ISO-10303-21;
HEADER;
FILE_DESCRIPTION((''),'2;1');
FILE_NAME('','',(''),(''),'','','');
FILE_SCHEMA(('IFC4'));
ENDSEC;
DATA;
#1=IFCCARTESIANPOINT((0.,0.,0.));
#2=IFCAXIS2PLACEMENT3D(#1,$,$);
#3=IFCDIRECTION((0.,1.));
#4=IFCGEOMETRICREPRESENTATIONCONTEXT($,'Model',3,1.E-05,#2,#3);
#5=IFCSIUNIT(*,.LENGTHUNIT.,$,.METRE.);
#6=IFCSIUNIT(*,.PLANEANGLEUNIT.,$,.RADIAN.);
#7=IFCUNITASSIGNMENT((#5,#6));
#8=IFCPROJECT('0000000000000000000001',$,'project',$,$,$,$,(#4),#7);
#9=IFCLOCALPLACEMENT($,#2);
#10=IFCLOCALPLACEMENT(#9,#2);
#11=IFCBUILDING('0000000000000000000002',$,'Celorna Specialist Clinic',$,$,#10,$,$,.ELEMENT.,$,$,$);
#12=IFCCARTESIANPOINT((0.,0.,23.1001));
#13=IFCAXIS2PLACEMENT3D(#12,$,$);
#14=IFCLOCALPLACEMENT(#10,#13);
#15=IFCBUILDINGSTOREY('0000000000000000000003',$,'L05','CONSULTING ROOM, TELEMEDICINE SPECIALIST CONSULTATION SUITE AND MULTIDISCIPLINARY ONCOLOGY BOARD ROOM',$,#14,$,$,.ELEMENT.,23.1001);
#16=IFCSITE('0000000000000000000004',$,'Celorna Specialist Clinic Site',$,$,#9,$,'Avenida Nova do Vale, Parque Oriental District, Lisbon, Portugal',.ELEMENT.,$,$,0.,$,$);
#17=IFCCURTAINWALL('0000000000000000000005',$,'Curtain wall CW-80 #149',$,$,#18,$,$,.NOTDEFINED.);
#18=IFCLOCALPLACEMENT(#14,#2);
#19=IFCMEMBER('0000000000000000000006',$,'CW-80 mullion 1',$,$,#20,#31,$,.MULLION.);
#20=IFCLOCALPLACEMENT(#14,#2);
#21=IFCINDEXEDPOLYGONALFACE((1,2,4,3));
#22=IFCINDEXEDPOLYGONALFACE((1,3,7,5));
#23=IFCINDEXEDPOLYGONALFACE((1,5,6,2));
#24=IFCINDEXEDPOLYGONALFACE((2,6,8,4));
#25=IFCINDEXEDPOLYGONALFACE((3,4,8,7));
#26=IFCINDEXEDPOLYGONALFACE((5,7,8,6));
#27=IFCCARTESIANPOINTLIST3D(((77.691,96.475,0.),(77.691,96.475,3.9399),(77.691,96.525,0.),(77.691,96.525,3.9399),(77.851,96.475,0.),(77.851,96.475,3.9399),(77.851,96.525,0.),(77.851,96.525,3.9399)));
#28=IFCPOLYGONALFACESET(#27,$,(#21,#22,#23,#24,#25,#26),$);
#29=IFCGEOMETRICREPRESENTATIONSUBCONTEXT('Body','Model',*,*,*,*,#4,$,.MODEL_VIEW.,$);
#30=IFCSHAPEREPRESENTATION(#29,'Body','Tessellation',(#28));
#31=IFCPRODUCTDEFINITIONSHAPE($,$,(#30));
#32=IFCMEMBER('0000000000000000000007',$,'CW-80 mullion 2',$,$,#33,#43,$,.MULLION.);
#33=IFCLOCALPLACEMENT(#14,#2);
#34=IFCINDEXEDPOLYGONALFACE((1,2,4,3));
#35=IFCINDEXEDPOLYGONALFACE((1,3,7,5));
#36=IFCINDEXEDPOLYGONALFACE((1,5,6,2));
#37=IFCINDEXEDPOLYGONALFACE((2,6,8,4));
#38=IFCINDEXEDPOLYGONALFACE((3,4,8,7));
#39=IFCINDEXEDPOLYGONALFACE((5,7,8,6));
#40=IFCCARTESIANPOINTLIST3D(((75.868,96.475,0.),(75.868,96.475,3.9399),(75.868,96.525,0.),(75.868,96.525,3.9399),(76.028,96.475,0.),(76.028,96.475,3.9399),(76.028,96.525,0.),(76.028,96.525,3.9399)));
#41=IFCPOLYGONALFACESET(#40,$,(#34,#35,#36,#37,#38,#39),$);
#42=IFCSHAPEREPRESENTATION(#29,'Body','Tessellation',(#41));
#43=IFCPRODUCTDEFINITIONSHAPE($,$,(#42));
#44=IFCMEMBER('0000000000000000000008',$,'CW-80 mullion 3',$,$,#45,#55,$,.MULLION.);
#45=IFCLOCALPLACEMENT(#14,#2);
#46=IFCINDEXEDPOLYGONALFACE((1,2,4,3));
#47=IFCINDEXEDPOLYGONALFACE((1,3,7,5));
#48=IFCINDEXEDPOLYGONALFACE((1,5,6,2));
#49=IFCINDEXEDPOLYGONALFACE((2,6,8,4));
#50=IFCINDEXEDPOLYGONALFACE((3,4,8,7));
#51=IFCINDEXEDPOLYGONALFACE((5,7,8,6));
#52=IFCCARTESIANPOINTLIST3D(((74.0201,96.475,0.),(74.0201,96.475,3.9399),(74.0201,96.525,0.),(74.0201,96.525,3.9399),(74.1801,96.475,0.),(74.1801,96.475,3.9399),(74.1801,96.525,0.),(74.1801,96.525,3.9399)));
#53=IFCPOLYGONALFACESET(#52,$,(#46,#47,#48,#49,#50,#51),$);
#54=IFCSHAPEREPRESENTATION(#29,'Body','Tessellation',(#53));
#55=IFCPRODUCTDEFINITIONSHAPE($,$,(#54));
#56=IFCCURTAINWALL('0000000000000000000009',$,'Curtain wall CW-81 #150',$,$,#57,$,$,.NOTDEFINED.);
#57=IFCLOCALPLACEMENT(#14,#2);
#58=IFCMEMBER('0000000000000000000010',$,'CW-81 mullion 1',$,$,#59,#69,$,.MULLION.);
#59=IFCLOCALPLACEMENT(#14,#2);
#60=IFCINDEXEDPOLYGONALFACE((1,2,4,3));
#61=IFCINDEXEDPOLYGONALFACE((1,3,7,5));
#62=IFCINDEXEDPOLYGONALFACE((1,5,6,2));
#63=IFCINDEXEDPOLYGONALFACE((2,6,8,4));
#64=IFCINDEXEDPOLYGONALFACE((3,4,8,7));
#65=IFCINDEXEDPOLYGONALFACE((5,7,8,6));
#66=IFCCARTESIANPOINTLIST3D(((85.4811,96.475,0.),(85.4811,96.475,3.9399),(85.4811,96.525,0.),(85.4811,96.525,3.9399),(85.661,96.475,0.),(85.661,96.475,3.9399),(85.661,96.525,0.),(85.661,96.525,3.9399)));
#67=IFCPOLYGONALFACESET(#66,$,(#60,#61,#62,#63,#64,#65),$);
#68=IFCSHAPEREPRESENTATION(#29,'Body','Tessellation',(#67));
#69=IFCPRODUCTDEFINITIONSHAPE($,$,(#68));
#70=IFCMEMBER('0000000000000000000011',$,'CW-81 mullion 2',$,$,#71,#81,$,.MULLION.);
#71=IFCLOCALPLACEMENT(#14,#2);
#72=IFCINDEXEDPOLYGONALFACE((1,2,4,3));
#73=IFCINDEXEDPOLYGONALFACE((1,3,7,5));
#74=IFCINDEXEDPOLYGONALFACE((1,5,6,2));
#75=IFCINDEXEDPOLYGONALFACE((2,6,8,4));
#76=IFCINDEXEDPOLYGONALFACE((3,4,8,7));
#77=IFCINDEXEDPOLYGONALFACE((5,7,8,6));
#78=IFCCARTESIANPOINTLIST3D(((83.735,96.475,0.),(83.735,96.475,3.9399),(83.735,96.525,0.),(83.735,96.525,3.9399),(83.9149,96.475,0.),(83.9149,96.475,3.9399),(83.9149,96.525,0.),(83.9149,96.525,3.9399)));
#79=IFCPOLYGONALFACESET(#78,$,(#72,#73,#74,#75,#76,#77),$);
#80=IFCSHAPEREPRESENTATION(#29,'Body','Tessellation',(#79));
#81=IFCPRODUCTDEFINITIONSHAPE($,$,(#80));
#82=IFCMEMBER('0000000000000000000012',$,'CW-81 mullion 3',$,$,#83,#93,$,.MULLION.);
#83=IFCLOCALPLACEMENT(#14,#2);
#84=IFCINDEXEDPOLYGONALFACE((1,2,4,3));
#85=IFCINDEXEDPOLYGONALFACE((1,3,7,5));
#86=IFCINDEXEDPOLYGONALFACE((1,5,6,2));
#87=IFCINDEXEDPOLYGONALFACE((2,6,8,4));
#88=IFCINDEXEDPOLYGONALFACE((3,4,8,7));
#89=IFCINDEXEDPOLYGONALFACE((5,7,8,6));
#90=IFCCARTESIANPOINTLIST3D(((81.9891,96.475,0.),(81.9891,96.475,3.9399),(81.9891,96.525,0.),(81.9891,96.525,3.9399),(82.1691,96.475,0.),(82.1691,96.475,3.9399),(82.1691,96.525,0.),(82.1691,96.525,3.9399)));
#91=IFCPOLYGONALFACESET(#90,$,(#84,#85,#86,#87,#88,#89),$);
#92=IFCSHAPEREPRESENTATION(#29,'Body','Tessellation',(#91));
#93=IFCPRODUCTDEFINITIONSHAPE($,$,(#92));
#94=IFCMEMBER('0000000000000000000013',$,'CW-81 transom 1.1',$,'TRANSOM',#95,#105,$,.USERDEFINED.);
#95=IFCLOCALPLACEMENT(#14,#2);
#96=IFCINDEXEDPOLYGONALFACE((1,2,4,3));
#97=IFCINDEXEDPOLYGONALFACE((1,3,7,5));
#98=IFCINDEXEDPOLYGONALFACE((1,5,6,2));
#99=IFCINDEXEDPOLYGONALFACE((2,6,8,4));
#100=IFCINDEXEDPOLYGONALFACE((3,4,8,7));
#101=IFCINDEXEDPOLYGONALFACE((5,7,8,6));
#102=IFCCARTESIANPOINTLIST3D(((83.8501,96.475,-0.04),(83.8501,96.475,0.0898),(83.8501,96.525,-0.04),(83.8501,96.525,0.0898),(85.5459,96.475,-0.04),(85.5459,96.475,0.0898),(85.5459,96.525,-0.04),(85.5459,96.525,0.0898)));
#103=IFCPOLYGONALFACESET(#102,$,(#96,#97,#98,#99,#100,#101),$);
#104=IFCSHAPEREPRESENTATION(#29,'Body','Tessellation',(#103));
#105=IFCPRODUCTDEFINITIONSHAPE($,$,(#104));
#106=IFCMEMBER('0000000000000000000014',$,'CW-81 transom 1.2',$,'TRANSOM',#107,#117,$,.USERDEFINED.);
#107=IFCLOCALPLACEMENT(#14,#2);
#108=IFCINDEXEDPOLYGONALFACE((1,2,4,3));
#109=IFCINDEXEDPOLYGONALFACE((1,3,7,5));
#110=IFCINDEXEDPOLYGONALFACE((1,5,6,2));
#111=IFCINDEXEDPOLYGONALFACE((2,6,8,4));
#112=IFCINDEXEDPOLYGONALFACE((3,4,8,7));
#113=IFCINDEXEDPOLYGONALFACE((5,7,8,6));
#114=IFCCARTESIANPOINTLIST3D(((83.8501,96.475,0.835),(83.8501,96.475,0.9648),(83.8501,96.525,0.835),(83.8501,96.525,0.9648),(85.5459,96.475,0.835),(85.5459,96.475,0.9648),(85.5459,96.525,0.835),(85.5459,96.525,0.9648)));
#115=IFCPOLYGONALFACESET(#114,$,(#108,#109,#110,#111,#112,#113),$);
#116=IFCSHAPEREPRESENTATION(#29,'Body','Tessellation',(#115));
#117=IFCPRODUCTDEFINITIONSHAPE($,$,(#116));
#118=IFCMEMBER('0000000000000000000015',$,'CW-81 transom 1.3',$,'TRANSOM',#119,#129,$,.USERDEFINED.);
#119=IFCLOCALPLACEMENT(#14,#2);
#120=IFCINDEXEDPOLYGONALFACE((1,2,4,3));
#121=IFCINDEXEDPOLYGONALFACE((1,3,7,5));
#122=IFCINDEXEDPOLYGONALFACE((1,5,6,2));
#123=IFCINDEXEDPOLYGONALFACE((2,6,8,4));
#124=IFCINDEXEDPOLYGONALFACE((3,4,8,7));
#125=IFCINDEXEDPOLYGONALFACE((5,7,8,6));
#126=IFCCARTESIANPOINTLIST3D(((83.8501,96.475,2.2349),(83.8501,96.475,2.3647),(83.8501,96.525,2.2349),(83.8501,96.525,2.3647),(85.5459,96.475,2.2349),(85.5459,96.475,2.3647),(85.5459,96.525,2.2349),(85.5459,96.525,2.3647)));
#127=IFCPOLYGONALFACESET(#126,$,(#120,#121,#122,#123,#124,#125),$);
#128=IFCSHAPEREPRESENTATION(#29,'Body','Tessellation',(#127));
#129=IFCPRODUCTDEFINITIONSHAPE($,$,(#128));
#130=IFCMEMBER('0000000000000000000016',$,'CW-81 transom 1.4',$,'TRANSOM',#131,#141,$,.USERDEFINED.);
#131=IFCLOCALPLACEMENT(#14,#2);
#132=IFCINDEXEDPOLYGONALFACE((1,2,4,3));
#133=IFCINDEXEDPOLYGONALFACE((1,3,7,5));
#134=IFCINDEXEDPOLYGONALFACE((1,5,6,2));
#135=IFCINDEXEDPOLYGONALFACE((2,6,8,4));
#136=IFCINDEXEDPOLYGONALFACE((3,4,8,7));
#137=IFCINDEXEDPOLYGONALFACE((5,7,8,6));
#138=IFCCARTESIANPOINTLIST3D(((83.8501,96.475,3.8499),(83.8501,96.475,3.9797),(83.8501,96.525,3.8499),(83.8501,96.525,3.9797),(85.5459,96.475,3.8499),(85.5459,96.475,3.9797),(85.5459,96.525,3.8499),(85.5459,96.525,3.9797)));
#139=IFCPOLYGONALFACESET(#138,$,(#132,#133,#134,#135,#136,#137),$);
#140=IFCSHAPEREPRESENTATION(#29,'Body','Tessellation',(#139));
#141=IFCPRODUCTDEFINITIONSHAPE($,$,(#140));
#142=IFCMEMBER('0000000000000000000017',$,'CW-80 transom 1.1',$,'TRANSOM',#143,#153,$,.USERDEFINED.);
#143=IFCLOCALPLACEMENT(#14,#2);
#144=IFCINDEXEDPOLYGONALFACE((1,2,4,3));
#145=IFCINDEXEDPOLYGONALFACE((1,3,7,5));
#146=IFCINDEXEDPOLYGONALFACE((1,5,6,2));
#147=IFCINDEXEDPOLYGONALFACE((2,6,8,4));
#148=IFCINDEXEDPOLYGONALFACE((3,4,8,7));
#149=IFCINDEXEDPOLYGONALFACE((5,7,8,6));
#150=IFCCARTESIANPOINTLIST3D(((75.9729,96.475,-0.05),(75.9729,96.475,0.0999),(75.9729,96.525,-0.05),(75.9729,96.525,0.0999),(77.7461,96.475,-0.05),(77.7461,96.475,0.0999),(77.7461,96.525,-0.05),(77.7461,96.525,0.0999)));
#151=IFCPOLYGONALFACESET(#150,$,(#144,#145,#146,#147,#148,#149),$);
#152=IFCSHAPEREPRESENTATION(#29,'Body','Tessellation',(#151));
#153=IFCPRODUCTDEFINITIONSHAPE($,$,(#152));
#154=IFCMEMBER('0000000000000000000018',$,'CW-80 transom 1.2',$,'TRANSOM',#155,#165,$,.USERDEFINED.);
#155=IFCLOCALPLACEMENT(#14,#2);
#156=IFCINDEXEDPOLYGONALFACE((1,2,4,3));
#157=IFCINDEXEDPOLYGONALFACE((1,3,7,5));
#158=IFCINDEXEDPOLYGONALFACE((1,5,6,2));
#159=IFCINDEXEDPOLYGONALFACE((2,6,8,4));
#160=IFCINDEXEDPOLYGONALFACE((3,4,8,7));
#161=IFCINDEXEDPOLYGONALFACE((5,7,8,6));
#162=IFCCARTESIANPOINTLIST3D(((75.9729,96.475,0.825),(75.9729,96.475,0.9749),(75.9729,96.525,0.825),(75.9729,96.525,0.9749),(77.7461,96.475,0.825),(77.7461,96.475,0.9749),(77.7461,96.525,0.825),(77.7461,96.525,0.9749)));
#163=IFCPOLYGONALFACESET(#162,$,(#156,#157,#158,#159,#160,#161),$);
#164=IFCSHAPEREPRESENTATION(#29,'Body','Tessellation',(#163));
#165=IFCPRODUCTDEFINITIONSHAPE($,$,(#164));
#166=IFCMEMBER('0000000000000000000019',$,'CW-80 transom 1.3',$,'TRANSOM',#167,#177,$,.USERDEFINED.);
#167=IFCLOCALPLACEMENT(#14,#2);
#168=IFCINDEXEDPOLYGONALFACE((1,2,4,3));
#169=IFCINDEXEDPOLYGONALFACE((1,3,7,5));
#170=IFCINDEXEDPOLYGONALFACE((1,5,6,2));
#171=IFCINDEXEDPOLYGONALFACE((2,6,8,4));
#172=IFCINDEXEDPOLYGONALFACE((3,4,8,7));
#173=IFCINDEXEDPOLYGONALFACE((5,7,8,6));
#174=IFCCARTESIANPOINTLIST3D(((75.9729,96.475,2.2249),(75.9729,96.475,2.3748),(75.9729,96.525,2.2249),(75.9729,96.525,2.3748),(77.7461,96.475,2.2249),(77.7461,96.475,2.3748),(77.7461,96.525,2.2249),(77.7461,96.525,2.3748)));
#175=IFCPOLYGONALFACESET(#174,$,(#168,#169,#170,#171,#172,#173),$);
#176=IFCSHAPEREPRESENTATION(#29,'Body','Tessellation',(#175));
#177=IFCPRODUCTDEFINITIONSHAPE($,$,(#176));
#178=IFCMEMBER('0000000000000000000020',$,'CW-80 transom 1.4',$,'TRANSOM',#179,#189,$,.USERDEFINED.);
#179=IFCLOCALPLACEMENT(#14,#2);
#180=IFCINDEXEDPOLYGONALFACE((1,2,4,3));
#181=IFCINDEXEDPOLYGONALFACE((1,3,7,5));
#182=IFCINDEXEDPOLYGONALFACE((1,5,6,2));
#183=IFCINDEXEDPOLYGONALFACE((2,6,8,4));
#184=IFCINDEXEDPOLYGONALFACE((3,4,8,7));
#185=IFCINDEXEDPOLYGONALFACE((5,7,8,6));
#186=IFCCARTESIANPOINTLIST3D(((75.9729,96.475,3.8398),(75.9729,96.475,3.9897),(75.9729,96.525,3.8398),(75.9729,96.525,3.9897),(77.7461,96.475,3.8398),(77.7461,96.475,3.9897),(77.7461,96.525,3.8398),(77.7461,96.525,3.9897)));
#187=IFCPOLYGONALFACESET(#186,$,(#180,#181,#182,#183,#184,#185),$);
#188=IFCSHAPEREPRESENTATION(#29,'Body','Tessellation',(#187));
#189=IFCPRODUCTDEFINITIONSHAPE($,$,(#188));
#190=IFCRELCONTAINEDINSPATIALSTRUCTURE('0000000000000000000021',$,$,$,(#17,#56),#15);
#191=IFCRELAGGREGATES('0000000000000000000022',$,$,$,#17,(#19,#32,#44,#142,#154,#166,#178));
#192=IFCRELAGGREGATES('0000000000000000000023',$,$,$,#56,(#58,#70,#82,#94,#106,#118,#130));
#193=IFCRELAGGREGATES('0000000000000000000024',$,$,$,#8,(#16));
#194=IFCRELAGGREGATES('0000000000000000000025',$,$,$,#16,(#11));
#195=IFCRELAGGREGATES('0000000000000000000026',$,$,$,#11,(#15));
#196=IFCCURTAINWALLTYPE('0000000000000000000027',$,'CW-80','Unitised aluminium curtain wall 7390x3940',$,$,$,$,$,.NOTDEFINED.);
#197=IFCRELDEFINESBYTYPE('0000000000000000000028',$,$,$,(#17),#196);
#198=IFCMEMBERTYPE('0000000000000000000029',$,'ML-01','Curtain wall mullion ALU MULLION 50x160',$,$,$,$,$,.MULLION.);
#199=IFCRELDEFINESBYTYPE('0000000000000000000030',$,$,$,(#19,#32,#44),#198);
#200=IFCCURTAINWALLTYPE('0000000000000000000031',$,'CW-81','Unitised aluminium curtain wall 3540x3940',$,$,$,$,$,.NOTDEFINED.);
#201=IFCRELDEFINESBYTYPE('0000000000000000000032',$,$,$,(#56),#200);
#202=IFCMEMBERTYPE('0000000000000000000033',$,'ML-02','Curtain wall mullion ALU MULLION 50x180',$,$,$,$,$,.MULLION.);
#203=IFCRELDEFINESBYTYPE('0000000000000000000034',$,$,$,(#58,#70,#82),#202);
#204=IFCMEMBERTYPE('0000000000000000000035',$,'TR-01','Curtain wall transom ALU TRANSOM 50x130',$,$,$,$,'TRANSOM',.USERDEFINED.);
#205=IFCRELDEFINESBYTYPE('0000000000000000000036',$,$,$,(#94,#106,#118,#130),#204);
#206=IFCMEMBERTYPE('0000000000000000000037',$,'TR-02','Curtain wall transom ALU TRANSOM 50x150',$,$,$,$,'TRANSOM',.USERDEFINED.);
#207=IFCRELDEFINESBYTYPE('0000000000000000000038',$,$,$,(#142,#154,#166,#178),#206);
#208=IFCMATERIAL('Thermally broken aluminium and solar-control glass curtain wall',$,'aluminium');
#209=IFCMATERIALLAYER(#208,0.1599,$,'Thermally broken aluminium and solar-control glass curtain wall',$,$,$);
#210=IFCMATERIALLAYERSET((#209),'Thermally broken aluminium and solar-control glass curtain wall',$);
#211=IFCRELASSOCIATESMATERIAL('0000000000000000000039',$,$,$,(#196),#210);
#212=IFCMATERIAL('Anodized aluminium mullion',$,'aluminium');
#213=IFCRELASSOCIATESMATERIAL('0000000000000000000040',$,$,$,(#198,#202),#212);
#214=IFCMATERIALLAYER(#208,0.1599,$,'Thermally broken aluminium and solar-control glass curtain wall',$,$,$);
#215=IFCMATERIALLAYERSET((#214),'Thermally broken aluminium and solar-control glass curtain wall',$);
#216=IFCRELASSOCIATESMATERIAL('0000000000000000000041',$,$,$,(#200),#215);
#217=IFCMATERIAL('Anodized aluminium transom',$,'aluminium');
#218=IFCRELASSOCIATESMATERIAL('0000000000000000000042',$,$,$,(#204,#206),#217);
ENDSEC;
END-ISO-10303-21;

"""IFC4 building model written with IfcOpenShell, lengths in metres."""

from ifc_helpers import new_model, si_unit, direction, frame, origin, origin_2d, place, context, subcontext, project, spatial, rectangle, extrude, material, layer, layer_set, material_profile, profile_set, type_object, element, aggregate, save


model = new_model("IFC4")

# Units and contexts
model_context = context("Model", 3, precision=1e-05, world=origin(), true_north=direction((0.0, 1.0)))
body_context = subcontext(model_context, "Body", "Model", "MODEL_VIEW")
ifc_project = project(units=[si_unit("LENGTHUNIT", "METRE"), si_unit("PLANEANGLEUNIT", "RADIAN")], contexts=[model_context])

# Site, building, storey
site_placement = place(None, origin())
site = spatial("IfcSite", under=ifc_project, at=site_placement, Name="Celorna Specialist Clinic Site", LongName="Avenida Nova do Vale, Parque Oriental District, Lisbon, Portugal", CompositionType="ELEMENT", RefElevation=0.0)
building_placement = place(site_placement, origin())
building = spatial("IfcBuilding", under=site, at=building_placement, Name="Celorna Specialist Clinic", CompositionType="ELEMENT")
storey_placement = place(building_placement, frame((0.0, 0.0, 23.1001)))
storey = spatial("IfcBuildingStorey", under=building, at=storey_placement, Name="L05", Description="CONSULTING ROOM, TELEMEDICINE SPECIALIST CONSULTATION SUITE AND MULTIDISCIPLINARY ONCOLOGY BOARD ROOM", CompositionType="ELEMENT", Elevation=23.1001)

# Curtain walls, members
ifc_material_1 = material(Name="Thermally broken aluminium and solar-control glass curtain wall", Category="aluminium")
ifc_layer_1 = layer(ifc_material_1, 0.1599, Name="Thermally broken aluminium and solar-control glass curtain wall")
ifc_layer_set_1 = layer_set([ifc_layer_1], Name="Thermally broken aluminium and solar-control glass curtain wall")
curtain_wall_type_1 = type_object("IfcCurtainWallType", Name="CW-80", Description="Unitised aluminium curtain wall 7390x3940", PredefinedType="NOTDEFINED", material=ifc_layer_set_1)
curtain_wall_1_placement = place(storey_placement, origin())
curtain_wall_1 = element("IfcCurtainWall", 1, at=curtain_wall_1_placement, inside=storey, type_object=curtain_wall_type_1, Name="Curtain wall CW-80 #149", PredefinedType="NOTDEFINED")
ifc_material_2 = material(Name="Anodized aluminium mullion", Category="aluminium")
ifc_material_profile_1 = material_profile(ifc_material_2, rectangle(XDim=0.05, YDim=0.1599, at=origin_2d()), Name="ALU MULLION 50x160")
ifc_profile_set_1 = profile_set([ifc_material_profile_1], Name="Anodized aluminium mullion")
member_type_1 = type_object("IfcMemberType", Name="ML-01", Description="Curtain wall mullion ALU MULLION 50x160", PredefinedType="MULLION", material=ifc_profile_set_1)
member_1_placement = place(storey_placement, frame((77.771, 96.5, 0.0), z_axis=(0.0, 0.0, 1.0), x_axis=(0.0, -1.0, 0.0)))
member_1 = element("IfcMember", 2, at=member_1_placement, type_object=member_type_1, Name="CW-80 mullion 1", PredefinedType="MULLION", context=body_context, shape_type="SweptSolid", body=[
    extrude(rectangle(XDim=0.05, YDim=0.1599, at=origin_2d()), origin(), (0.0, 0.0, 1.0), 3.9399),
])
member_2_placement = place(storey_placement, frame((75.948, 96.5, 0.0), z_axis=(0.0, 0.0, 1.0), x_axis=(0.0, -1.0, 0.0)))
member_2 = element("IfcMember", 3, at=member_2_placement, type_object=member_type_1, Name="CW-80 mullion 2", PredefinedType="MULLION", context=body_context, shape_type="SweptSolid", body=[
    extrude(rectangle(XDim=0.05, YDim=0.1599, at=origin_2d()), origin(), (0.0, 0.0, 1.0), 3.9399),
])
member_3_placement = place(storey_placement, frame((74.1001, 96.5, 0.0), z_axis=(0.0, 0.0, 1.0), x_axis=(0.0, -1.0, 0.0)))
member_3 = element("IfcMember", 4, at=member_3_placement, type_object=member_type_1, Name="CW-80 mullion 3", PredefinedType="MULLION", context=body_context, shape_type="SweptSolid", body=[
    extrude(rectangle(XDim=0.05, YDim=0.1599, at=origin_2d()), origin(), (0.0, 0.0, 1.0), 3.9399),
])
ifc_layer_2 = layer(ifc_material_1, 0.1599, Name="Thermally broken aluminium and solar-control glass curtain wall")
ifc_layer_set_2 = layer_set([ifc_layer_2], Name="Thermally broken aluminium and solar-control glass curtain wall")
curtain_wall_type_2 = type_object("IfcCurtainWallType", Name="CW-81", Description="Unitised aluminium curtain wall 3540x3940", PredefinedType="NOTDEFINED", material=ifc_layer_set_2)
curtain_wall_2_placement = place(storey_placement, origin())
curtain_wall_2 = element("IfcCurtainWall", 5, at=curtain_wall_2_placement, inside=storey, type_object=curtain_wall_type_2, Name="Curtain wall CW-81 #150", PredefinedType="NOTDEFINED")
ifc_material_profile_2 = material_profile(ifc_material_2, rectangle(XDim=0.05, YDim=0.1799, at=origin_2d()), Name="ALU MULLION 50x180")
ifc_profile_set_2 = profile_set([ifc_material_profile_2], Name="Anodized aluminium mullion")
member_type_2 = type_object("IfcMemberType", Name="ML-02", Description="Curtain wall mullion ALU MULLION 50x180", PredefinedType="MULLION", material=ifc_profile_set_2)
member_4_placement = place(storey_placement, frame((85.571, 96.5, 0.0), z_axis=(0.0, 0.0, 1.0), x_axis=(0.0, -1.0, 0.0)))
member_4 = element("IfcMember", 6, at=member_4_placement, type_object=member_type_2, Name="CW-81 mullion 1", PredefinedType="MULLION", context=body_context, shape_type="SweptSolid", body=[
    extrude(rectangle(XDim=0.05, YDim=0.1799, at=origin_2d()), origin(), (0.0, 0.0, 1.0), 3.9399),
])
member_5_placement = place(storey_placement, frame((83.825, 96.5, 0.0), z_axis=(0.0, 0.0, 1.0), x_axis=(0.0, -1.0, 0.0)))
member_5 = element("IfcMember", 7, at=member_5_placement, type_object=member_type_2, Name="CW-81 mullion 2", PredefinedType="MULLION", context=body_context, shape_type="SweptSolid", body=[
    extrude(rectangle(XDim=0.05, YDim=0.1799, at=origin_2d()), origin(), (0.0, 0.0, 1.0), 3.9399),
])
member_6_placement = place(storey_placement, frame((82.0791, 96.5, 0.0), z_axis=(0.0, 0.0, 1.0), x_axis=(0.0, -1.0, 0.0)))
member_6 = element("IfcMember", 8, at=member_6_placement, type_object=member_type_2, Name="CW-81 mullion 3", PredefinedType="MULLION", context=body_context, shape_type="SweptSolid", body=[
    extrude(rectangle(XDim=0.05, YDim=0.1799, at=origin_2d()), origin(), (0.0, 0.0, 1.0), 3.9399),
])
ifc_material_3 = material(Name="Anodized aluminium transom", Category="aluminium")
ifc_material_profile_3 = material_profile(ifc_material_3, rectangle(XDim=0.05, YDim=0.1299, at=origin_2d()), Name="ALU TRANSOM 50x130")
ifc_profile_set_3 = profile_set([ifc_material_profile_3], Name="Anodized aluminium transom")
member_type_3 = type_object("IfcMemberType", Name="TR-01", Description="Curtain wall transom ALU TRANSOM 50x130", ElementType="TRANSOM", PredefinedType="USERDEFINED", material=ifc_profile_set_3)
member_7_placement = place(storey_placement, frame((85.5459, 96.5, 0.0249), z_axis=(-1.0, 0.0, 0.0), x_axis=(0.0, -1.0, 0.0)))
member_7 = element("IfcMember", 9, at=member_7_placement, type_object=member_type_3, Name="CW-81 transom 1.1", ObjectType="TRANSOM", PredefinedType="USERDEFINED", context=body_context, shape_type="SweptSolid", body=[
    extrude(rectangle(XDim=0.05, YDim=0.1299, at=origin_2d()), origin(), (0.0, 0.0, 1.0), 1.6958),
])
member_8_placement = place(storey_placement, frame((85.5459, 96.5, 0.8999), z_axis=(-1.0, 0.0, 0.0), x_axis=(0.0, -1.0, 0.0)))
member_8 = element("IfcMember", 10, at=member_8_placement, type_object=member_type_3, Name="CW-81 transom 1.2", ObjectType="TRANSOM", PredefinedType="USERDEFINED", context=body_context, shape_type="SweptSolid", body=[
    extrude(rectangle(XDim=0.05, YDim=0.1299, at=origin_2d()), origin(), (0.0, 0.0, 1.0), 1.6958),
])
member_9_placement = place(storey_placement, frame((85.5459, 96.5, 2.2998), z_axis=(-1.0, 0.0, 0.0), x_axis=(0.0, -1.0, 0.0)))
member_9 = element("IfcMember", 11, at=member_9_placement, type_object=member_type_3, Name="CW-81 transom 1.3", ObjectType="TRANSOM", PredefinedType="USERDEFINED", context=body_context, shape_type="SweptSolid", body=[
    extrude(rectangle(XDim=0.05, YDim=0.1299, at=origin_2d()), origin(), (0.0, 0.0, 1.0), 1.6958),
])
member_10_placement = place(storey_placement, frame((85.5459, 96.5, 3.9148), z_axis=(-1.0, 0.0, 0.0), x_axis=(0.0, -1.0, 0.0)))
member_10 = element("IfcMember", 12, at=member_10_placement, type_object=member_type_3, Name="CW-81 transom 1.4", ObjectType="TRANSOM", PredefinedType="USERDEFINED", context=body_context, shape_type="SweptSolid", body=[
    extrude(rectangle(XDim=0.05, YDim=0.1299, at=origin_2d()), origin(), (0.0, 0.0, 1.0), 1.6958),
])

# Members
ifc_material_profile_4 = material_profile(ifc_material_3, rectangle(XDim=0.05, YDim=0.1499, at=origin_2d()), Name="ALU TRANSOM 50x150")
ifc_profile_set_4 = profile_set([ifc_material_profile_4], Name="Anodized aluminium transom")
member_type_4 = type_object("IfcMemberType", Name="TR-02", Description="Curtain wall transom ALU TRANSOM 50x150", ElementType="TRANSOM", PredefinedType="USERDEFINED", material=ifc_profile_set_4)
member_11_placement = place(storey_placement, frame((77.7461, 96.5, 0.0249), z_axis=(-1.0, 0.0, 0.0), x_axis=(0.0, -1.0, 0.0)))
member_11 = element("IfcMember", 13, at=member_11_placement, type_object=member_type_4, Name="CW-80 transom 1.1", ObjectType="TRANSOM", PredefinedType="USERDEFINED", context=body_context, shape_type="SweptSolid", body=[
    extrude(rectangle(XDim=0.05, YDim=0.1499, at=origin_2d()), origin(), (0.0, 0.0, 1.0), 1.7732),
])
member_12_placement = place(storey_placement, frame((77.7461, 96.5, 0.8999), z_axis=(-1.0, 0.0, 0.0), x_axis=(0.0, -1.0, 0.0)))
member_12 = element("IfcMember", 14, at=member_12_placement, type_object=member_type_4, Name="CW-80 transom 1.2", ObjectType="TRANSOM", PredefinedType="USERDEFINED", context=body_context, shape_type="SweptSolid", body=[
    extrude(rectangle(XDim=0.05, YDim=0.1499, at=origin_2d()), origin(), (0.0, 0.0, 1.0), 1.7732),
])
member_13_placement = place(storey_placement, frame((77.7461, 96.5, 2.2998), z_axis=(-1.0, 0.0, 0.0), x_axis=(0.0, -1.0, 0.0)))
member_13 = element("IfcMember", 15, at=member_13_placement, type_object=member_type_4, Name="CW-80 transom 1.3", ObjectType="TRANSOM", PredefinedType="USERDEFINED", context=body_context, shape_type="SweptSolid", body=[
    extrude(rectangle(XDim=0.05, YDim=0.1499, at=origin_2d()), origin(), (0.0, 0.0, 1.0), 1.7732),
])
member_14_placement = place(storey_placement, frame((77.7461, 96.5, 3.9148), z_axis=(-1.0, 0.0, 0.0), x_axis=(0.0, -1.0, 0.0)))
member_14 = element("IfcMember", 16, at=member_14_placement, type_object=member_type_4, Name="CW-80 transom 1.4", ObjectType="TRANSOM", PredefinedType="USERDEFINED", context=body_context, shape_type="SweptSolid", body=[
    extrude(rectangle(XDim=0.05, YDim=0.1499, at=origin_2d()), origin(), (0.0, 0.0, 1.0), 1.7732),
])

aggregate(curtain_wall_1, [member_1, member_2, member_3, member_11, member_12, member_13, member_14])
aggregate(curtain_wall_2, [member_4, member_5, member_6, member_7, member_8, member_9, member_10])

save(model, "model.ifc")
